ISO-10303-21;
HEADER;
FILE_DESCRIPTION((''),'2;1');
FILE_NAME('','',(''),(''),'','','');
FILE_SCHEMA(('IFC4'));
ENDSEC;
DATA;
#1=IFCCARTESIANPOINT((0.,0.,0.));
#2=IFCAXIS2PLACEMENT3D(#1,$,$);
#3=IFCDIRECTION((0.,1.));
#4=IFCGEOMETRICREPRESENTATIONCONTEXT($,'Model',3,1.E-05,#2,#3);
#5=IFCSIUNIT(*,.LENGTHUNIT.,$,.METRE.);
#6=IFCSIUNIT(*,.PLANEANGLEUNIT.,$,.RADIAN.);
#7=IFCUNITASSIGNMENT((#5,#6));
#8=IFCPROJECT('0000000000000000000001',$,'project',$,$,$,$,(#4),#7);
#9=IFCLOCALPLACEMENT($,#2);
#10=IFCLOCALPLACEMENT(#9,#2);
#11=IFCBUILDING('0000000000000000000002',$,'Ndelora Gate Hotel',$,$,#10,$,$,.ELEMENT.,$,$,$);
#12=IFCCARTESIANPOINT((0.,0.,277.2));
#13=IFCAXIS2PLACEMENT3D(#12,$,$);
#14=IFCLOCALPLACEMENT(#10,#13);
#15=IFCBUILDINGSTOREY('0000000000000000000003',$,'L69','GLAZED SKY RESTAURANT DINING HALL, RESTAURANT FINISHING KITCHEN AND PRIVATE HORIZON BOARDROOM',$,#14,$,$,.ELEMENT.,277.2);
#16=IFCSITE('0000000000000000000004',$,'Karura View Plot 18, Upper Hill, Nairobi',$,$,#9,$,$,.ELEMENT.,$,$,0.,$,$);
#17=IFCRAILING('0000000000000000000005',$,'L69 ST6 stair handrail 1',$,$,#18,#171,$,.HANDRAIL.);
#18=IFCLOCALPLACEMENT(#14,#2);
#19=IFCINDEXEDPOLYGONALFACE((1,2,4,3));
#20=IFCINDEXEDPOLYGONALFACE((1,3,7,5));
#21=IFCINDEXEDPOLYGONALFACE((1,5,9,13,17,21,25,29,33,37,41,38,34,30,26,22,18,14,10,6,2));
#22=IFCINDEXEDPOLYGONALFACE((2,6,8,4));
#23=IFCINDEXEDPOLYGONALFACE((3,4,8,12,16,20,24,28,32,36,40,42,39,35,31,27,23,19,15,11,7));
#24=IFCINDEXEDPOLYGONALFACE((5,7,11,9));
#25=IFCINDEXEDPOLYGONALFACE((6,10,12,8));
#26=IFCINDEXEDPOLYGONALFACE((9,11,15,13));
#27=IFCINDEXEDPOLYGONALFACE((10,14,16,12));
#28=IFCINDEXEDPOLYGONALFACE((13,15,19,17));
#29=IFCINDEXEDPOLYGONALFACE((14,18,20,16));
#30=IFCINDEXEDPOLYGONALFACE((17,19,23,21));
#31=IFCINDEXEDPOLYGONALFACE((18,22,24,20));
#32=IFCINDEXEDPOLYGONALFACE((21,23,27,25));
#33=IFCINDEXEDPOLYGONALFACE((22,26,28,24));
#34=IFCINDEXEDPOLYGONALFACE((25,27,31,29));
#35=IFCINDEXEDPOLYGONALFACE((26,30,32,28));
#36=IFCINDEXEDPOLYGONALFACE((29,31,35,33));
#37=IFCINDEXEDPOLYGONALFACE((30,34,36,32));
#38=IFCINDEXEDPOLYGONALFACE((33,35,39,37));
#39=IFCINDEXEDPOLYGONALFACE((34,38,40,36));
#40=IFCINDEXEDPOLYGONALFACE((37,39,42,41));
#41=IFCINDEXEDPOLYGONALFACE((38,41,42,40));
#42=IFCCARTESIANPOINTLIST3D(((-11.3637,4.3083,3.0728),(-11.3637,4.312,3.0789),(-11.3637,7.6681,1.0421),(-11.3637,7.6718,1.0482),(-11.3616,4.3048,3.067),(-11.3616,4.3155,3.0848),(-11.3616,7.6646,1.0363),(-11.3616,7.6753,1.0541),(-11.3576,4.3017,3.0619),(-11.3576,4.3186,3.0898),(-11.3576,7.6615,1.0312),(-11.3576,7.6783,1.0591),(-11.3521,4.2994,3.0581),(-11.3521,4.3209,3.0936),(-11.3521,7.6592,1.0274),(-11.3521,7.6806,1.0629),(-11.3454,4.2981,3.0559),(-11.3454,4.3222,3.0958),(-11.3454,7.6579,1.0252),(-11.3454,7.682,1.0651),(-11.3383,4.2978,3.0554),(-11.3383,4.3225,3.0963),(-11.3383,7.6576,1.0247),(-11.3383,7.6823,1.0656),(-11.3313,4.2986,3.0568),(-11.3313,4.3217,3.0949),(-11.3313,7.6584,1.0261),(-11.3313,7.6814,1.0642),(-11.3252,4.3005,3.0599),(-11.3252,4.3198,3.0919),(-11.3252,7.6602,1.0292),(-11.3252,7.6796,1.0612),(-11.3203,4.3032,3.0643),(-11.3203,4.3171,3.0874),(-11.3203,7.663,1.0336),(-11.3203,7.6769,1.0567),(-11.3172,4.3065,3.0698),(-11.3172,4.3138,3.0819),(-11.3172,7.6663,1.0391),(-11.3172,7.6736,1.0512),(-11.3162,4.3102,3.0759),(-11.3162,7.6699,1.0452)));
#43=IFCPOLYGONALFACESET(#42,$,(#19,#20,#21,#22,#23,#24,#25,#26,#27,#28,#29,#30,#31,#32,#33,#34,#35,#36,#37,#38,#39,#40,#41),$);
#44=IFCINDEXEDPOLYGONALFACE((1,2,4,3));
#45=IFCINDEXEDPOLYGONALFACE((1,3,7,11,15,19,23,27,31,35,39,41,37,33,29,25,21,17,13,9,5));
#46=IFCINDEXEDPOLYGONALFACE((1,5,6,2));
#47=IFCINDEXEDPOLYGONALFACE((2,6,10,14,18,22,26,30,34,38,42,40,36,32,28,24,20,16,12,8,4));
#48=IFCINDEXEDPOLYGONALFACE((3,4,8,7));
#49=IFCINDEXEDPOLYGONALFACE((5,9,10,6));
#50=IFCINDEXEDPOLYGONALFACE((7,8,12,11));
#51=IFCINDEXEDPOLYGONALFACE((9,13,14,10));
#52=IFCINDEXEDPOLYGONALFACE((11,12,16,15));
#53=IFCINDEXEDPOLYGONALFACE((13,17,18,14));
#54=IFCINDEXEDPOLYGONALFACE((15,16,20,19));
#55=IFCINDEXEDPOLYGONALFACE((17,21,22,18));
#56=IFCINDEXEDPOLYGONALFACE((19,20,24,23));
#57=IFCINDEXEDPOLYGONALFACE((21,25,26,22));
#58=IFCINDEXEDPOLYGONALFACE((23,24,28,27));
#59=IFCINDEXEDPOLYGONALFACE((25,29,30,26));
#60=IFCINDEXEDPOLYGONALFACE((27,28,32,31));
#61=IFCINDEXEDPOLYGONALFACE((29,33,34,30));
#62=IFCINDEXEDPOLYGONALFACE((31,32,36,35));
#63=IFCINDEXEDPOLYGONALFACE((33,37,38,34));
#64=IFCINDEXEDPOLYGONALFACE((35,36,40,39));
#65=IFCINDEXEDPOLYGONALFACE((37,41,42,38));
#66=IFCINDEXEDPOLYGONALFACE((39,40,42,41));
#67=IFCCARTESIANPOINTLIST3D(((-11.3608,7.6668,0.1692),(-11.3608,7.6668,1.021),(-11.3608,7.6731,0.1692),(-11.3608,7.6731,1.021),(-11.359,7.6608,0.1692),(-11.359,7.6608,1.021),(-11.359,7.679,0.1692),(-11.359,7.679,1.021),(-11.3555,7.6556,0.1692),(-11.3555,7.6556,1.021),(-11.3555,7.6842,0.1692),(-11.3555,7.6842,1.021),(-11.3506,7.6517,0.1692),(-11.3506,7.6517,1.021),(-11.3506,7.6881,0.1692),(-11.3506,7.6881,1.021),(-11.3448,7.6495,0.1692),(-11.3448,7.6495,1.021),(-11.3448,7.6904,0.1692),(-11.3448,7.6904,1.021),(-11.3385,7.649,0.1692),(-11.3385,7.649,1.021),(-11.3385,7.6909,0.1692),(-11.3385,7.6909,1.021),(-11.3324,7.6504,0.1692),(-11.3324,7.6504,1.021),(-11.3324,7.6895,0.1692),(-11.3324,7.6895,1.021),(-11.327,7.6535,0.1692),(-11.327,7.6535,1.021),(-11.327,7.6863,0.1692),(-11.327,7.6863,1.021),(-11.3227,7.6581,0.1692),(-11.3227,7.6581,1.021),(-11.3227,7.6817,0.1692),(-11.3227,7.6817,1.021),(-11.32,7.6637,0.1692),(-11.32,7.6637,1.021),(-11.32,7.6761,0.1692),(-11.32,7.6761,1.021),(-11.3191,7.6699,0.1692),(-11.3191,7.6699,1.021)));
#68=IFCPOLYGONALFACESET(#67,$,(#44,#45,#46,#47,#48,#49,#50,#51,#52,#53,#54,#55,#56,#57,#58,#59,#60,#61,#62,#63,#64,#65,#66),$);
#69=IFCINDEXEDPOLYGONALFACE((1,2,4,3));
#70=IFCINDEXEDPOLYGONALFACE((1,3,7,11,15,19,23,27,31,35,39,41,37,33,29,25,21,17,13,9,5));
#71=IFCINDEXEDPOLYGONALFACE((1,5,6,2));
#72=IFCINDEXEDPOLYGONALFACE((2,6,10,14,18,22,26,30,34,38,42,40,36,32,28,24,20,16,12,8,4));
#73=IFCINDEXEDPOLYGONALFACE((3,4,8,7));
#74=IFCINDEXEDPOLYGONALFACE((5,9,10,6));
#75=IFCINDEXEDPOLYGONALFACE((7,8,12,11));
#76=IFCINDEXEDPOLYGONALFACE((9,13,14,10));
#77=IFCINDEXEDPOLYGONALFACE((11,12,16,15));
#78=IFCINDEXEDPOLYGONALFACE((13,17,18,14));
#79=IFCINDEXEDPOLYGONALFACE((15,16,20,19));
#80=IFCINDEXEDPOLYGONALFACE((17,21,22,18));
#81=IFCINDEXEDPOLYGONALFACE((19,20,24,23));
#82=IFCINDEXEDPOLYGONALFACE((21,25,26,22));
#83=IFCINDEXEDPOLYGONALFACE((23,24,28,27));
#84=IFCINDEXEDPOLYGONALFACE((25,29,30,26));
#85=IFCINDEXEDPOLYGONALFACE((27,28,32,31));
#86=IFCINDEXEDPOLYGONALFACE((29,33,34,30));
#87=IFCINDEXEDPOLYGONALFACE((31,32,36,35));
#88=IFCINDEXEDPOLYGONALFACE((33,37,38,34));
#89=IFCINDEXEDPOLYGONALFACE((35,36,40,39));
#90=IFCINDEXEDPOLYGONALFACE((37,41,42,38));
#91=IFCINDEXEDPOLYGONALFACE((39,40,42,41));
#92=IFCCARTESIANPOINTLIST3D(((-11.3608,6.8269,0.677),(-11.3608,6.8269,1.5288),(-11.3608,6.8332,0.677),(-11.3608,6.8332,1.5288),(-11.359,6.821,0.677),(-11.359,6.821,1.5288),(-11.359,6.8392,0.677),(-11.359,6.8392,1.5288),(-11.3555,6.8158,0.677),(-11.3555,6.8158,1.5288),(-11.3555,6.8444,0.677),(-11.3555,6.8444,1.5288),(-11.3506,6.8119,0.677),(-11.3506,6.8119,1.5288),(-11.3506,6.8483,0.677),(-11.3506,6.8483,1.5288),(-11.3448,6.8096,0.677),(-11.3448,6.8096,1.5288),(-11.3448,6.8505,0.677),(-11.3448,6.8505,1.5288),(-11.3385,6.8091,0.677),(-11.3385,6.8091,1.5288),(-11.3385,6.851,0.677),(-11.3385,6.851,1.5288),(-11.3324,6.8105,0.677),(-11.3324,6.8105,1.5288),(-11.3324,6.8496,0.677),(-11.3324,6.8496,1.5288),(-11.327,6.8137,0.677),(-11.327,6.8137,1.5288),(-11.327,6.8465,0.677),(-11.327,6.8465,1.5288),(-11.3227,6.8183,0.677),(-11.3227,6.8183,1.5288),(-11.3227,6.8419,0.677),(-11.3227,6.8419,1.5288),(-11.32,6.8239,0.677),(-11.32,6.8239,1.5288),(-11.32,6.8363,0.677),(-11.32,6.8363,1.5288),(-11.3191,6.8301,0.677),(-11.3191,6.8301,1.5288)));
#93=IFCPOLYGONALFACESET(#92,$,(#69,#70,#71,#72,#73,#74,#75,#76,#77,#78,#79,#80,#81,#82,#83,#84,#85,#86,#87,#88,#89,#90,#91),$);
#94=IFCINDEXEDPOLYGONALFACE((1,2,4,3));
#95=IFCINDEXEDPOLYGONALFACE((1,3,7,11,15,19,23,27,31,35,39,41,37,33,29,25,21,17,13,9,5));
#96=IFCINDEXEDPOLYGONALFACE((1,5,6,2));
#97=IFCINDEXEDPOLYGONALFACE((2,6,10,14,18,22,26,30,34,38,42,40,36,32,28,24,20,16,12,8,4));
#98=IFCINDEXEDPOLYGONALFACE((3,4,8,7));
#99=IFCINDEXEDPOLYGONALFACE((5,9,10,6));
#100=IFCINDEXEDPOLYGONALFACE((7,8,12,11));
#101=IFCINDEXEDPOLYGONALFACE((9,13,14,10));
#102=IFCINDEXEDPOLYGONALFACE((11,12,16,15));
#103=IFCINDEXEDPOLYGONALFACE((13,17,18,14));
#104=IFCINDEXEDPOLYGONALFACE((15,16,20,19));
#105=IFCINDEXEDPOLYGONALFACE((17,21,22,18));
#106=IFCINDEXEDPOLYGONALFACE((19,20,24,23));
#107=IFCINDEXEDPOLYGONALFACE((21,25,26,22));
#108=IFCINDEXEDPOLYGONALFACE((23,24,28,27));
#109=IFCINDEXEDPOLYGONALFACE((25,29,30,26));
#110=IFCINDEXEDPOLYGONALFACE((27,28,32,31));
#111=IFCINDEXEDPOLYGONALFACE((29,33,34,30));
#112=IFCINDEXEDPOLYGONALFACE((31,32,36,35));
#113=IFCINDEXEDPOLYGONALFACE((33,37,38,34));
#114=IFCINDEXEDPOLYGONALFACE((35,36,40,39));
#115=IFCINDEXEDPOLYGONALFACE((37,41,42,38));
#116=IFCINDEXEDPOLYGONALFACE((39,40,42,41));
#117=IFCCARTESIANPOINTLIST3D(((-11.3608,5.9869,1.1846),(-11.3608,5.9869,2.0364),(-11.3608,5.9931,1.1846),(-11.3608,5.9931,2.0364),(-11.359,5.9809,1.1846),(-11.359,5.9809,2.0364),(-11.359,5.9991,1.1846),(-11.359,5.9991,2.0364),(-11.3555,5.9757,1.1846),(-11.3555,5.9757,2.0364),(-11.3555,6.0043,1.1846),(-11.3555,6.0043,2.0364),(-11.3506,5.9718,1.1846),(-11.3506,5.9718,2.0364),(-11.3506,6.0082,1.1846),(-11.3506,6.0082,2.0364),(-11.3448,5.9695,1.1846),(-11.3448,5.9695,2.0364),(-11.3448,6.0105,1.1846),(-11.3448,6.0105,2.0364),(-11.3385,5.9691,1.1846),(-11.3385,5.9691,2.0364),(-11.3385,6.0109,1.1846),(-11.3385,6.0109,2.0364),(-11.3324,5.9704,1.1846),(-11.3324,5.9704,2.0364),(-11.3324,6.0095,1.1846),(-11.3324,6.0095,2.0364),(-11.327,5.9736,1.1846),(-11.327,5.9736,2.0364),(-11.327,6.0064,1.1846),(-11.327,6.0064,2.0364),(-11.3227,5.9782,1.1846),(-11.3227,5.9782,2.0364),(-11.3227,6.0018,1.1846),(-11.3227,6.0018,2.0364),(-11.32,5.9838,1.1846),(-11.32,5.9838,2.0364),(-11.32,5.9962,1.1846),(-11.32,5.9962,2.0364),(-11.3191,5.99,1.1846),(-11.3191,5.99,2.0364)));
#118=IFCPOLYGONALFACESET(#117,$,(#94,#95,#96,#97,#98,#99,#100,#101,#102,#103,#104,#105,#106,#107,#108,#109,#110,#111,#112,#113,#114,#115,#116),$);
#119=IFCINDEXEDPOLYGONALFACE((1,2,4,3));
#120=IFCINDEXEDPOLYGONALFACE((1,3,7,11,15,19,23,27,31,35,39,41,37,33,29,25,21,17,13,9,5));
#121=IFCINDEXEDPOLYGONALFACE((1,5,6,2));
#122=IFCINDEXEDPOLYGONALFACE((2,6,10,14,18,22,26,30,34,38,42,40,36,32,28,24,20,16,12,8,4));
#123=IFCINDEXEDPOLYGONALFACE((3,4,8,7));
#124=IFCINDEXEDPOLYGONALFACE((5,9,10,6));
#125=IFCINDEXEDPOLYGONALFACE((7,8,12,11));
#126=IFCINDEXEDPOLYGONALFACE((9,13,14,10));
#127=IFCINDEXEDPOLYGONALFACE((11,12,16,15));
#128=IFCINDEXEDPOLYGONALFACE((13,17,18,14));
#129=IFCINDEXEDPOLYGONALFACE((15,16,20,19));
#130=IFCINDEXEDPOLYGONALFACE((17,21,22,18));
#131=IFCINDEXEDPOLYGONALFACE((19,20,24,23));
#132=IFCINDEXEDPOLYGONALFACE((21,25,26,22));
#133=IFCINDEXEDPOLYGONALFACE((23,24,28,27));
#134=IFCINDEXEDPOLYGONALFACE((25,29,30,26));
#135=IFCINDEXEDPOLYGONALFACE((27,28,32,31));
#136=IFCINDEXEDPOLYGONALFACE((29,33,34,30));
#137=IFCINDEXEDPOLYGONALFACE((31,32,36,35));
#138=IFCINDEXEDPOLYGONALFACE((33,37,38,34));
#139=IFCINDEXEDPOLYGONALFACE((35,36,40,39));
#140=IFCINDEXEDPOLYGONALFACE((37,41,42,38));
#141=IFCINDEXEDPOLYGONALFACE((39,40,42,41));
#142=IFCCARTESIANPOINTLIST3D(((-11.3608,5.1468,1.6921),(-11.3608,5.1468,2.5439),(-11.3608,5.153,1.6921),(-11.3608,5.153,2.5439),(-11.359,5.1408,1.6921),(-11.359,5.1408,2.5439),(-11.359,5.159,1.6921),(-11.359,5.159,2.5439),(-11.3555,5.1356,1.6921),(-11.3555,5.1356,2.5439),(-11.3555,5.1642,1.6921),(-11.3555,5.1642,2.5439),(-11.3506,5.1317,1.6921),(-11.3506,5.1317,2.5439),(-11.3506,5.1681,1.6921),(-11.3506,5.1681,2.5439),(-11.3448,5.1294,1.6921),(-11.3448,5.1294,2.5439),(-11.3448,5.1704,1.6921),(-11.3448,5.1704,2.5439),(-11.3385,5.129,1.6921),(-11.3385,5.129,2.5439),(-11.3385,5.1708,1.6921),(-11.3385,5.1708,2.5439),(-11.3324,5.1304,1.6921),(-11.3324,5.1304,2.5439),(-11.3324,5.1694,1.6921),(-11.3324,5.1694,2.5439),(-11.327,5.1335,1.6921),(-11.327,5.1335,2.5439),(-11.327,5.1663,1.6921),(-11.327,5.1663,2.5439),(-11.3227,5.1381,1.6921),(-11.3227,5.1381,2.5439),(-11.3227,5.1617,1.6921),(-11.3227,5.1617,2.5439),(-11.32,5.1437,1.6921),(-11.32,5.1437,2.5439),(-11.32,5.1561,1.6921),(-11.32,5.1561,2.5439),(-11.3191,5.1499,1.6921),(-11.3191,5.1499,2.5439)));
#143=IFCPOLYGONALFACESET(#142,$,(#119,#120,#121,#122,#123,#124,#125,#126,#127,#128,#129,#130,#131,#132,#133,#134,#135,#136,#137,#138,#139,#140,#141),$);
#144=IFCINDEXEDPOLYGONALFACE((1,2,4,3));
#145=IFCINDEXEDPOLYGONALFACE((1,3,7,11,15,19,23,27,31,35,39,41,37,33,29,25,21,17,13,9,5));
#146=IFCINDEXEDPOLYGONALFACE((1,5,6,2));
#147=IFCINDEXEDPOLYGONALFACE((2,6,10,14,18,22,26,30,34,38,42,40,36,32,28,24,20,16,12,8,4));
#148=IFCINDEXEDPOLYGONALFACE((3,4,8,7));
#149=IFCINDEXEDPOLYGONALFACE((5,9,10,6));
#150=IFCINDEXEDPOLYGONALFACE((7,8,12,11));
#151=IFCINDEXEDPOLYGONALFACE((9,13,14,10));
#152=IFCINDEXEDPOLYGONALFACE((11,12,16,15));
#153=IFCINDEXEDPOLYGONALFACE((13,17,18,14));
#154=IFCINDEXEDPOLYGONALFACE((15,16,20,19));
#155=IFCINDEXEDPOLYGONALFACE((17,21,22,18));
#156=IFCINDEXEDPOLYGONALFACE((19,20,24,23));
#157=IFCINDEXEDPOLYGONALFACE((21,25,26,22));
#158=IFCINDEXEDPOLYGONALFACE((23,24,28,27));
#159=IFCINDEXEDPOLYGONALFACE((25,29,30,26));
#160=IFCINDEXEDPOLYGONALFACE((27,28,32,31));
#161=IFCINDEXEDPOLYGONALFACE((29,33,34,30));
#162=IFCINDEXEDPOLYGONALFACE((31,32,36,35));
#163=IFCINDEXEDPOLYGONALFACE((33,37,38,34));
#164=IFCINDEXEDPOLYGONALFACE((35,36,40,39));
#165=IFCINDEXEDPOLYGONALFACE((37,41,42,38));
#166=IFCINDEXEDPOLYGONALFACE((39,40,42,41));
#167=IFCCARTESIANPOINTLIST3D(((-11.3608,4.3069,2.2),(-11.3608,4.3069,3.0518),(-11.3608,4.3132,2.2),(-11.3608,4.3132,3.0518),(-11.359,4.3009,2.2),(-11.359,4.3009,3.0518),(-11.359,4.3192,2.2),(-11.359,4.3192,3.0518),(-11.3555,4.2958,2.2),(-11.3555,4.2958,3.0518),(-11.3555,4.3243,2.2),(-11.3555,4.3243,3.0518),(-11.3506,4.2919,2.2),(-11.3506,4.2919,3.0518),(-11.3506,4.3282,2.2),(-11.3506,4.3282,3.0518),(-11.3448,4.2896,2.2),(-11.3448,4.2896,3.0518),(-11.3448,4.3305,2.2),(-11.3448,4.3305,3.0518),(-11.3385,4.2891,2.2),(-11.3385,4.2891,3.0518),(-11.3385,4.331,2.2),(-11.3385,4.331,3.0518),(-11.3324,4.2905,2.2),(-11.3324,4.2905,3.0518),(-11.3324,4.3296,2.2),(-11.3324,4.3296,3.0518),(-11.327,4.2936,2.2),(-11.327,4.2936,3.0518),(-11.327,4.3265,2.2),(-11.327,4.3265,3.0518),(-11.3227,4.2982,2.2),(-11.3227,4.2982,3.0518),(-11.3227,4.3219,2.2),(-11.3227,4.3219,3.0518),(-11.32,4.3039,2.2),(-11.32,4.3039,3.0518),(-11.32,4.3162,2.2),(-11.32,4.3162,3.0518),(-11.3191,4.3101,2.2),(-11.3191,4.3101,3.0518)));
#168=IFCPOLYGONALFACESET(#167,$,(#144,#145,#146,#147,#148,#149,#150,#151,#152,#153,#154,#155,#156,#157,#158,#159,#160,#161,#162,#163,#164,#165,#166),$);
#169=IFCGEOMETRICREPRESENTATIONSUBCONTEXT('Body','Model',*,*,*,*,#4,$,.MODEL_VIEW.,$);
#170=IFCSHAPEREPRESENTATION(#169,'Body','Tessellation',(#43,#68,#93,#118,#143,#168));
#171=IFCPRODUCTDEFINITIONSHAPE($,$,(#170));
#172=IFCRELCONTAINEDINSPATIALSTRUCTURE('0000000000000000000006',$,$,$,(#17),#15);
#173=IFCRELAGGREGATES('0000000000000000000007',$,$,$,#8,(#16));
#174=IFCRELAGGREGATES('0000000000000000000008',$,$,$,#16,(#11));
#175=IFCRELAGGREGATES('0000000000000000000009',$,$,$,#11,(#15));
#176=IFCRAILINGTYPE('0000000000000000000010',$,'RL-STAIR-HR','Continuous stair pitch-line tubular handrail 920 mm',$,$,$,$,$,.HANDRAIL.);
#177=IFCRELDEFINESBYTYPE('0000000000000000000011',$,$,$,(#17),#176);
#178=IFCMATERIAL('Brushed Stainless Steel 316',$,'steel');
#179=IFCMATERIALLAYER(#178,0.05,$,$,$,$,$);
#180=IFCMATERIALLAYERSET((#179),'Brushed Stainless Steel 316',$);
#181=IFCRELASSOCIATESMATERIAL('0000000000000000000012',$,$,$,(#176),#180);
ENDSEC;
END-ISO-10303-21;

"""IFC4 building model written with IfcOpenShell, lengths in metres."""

from ifc_helpers import new_model, si_unit, direction, frame, origin, origin_2d, place, context, subcontext, project, spatial, circle, extrude, material, layer, layer_set, type_object, element, save


model = new_model("IFC4")

# Units and contexts
model_context = context("Model", 3, precision=1e-05, world=origin(), true_north=direction((0.0, 1.0)))
body_context = subcontext(model_context, "Body", "Model", "MODEL_VIEW")
ifc_project = project(units=[si_unit("LENGTHUNIT", "METRE"), si_unit("PLANEANGLEUNIT", "RADIAN")], contexts=[model_context])

# Site, building, storey
site_placement = place(None, origin())
site = spatial("IfcSite", under=ifc_project, at=site_placement, Name="Karura View Plot 18, Upper Hill, Nairobi", CompositionType="ELEMENT", RefElevation=0.0)
building_placement = place(site_placement, origin())
building = spatial("IfcBuilding", under=site, at=building_placement, Name="Ndelora Gate Hotel", CompositionType="ELEMENT")
storey_placement = place(building_placement, frame((0.0, 0.0, 277.2)))
storey = spatial("IfcBuildingStorey", under=building, at=storey_placement, Name="L69", Description="GLAZED SKY RESTAURANT DINING HALL, RESTAURANT FINISHING KITCHEN AND PRIVATE HORIZON BOARDROOM", CompositionType="ELEMENT", Elevation=277.2)

# Railing
ifc_material_1 = material(Name="Brushed Stainless Steel 316", Category="steel")
ifc_layer_1 = layer(ifc_material_1, 0.05)
ifc_layer_set_1 = layer_set([ifc_layer_1], Name="Brushed Stainless Steel 316")
railing_type_1 = type_object("IfcRailingType", Name="RL-STAIR-HR", Description="Continuous stair pitch-line tubular handrail 920 mm", PredefinedType="HANDRAIL", material=ifc_layer_set_1)
railing_1_placement = place(storey_placement, frame((-11.3401, 7.6699, 0.1692)))
element("IfcRailing", 1, at=railing_1_placement, inside=storey, type_object=railing_type_1, Name="L69 ST6 stair handrail 1", PredefinedType="HANDRAIL", context=body_context, shape_type="SweptSolid", body=[
    extrude(circle(Radius=0.0239, at=origin_2d()), frame((0.0, 0.0, 0.876), z_axis=(0.0, -0.85582, 0.517273), x_axis=(1.0, 0.0, 0.0)), (0.0, 0.0, 1.0), 3.9258),
    extrude(circle(Radius=0.021, at=origin_2d()), origin(), (0.0, 0.0, 1.0), 0.8518),
    extrude(circle(Radius=0.021, at=origin_2d()), frame((0.0, -0.8398, 0.5078)), (0.0, 0.0, 1.0), 0.8518),
    extrude(circle(Radius=0.021, at=origin_2d()), frame((0.0, -1.6799, 1.0154)), (0.0, 0.0, 1.0), 0.8518),
    extrude(circle(Radius=0.021, at=origin_2d()), frame((0.0, -2.52, 1.5229)), (0.0, 0.0, 1.0), 0.8518),
    extrude(circle(Radius=0.021, at=origin_2d()), frame((0.0, -3.3599, 2.0308)), (0.0, 0.0, 1.0), 0.8518),
])

save(model, "model.ifc")
